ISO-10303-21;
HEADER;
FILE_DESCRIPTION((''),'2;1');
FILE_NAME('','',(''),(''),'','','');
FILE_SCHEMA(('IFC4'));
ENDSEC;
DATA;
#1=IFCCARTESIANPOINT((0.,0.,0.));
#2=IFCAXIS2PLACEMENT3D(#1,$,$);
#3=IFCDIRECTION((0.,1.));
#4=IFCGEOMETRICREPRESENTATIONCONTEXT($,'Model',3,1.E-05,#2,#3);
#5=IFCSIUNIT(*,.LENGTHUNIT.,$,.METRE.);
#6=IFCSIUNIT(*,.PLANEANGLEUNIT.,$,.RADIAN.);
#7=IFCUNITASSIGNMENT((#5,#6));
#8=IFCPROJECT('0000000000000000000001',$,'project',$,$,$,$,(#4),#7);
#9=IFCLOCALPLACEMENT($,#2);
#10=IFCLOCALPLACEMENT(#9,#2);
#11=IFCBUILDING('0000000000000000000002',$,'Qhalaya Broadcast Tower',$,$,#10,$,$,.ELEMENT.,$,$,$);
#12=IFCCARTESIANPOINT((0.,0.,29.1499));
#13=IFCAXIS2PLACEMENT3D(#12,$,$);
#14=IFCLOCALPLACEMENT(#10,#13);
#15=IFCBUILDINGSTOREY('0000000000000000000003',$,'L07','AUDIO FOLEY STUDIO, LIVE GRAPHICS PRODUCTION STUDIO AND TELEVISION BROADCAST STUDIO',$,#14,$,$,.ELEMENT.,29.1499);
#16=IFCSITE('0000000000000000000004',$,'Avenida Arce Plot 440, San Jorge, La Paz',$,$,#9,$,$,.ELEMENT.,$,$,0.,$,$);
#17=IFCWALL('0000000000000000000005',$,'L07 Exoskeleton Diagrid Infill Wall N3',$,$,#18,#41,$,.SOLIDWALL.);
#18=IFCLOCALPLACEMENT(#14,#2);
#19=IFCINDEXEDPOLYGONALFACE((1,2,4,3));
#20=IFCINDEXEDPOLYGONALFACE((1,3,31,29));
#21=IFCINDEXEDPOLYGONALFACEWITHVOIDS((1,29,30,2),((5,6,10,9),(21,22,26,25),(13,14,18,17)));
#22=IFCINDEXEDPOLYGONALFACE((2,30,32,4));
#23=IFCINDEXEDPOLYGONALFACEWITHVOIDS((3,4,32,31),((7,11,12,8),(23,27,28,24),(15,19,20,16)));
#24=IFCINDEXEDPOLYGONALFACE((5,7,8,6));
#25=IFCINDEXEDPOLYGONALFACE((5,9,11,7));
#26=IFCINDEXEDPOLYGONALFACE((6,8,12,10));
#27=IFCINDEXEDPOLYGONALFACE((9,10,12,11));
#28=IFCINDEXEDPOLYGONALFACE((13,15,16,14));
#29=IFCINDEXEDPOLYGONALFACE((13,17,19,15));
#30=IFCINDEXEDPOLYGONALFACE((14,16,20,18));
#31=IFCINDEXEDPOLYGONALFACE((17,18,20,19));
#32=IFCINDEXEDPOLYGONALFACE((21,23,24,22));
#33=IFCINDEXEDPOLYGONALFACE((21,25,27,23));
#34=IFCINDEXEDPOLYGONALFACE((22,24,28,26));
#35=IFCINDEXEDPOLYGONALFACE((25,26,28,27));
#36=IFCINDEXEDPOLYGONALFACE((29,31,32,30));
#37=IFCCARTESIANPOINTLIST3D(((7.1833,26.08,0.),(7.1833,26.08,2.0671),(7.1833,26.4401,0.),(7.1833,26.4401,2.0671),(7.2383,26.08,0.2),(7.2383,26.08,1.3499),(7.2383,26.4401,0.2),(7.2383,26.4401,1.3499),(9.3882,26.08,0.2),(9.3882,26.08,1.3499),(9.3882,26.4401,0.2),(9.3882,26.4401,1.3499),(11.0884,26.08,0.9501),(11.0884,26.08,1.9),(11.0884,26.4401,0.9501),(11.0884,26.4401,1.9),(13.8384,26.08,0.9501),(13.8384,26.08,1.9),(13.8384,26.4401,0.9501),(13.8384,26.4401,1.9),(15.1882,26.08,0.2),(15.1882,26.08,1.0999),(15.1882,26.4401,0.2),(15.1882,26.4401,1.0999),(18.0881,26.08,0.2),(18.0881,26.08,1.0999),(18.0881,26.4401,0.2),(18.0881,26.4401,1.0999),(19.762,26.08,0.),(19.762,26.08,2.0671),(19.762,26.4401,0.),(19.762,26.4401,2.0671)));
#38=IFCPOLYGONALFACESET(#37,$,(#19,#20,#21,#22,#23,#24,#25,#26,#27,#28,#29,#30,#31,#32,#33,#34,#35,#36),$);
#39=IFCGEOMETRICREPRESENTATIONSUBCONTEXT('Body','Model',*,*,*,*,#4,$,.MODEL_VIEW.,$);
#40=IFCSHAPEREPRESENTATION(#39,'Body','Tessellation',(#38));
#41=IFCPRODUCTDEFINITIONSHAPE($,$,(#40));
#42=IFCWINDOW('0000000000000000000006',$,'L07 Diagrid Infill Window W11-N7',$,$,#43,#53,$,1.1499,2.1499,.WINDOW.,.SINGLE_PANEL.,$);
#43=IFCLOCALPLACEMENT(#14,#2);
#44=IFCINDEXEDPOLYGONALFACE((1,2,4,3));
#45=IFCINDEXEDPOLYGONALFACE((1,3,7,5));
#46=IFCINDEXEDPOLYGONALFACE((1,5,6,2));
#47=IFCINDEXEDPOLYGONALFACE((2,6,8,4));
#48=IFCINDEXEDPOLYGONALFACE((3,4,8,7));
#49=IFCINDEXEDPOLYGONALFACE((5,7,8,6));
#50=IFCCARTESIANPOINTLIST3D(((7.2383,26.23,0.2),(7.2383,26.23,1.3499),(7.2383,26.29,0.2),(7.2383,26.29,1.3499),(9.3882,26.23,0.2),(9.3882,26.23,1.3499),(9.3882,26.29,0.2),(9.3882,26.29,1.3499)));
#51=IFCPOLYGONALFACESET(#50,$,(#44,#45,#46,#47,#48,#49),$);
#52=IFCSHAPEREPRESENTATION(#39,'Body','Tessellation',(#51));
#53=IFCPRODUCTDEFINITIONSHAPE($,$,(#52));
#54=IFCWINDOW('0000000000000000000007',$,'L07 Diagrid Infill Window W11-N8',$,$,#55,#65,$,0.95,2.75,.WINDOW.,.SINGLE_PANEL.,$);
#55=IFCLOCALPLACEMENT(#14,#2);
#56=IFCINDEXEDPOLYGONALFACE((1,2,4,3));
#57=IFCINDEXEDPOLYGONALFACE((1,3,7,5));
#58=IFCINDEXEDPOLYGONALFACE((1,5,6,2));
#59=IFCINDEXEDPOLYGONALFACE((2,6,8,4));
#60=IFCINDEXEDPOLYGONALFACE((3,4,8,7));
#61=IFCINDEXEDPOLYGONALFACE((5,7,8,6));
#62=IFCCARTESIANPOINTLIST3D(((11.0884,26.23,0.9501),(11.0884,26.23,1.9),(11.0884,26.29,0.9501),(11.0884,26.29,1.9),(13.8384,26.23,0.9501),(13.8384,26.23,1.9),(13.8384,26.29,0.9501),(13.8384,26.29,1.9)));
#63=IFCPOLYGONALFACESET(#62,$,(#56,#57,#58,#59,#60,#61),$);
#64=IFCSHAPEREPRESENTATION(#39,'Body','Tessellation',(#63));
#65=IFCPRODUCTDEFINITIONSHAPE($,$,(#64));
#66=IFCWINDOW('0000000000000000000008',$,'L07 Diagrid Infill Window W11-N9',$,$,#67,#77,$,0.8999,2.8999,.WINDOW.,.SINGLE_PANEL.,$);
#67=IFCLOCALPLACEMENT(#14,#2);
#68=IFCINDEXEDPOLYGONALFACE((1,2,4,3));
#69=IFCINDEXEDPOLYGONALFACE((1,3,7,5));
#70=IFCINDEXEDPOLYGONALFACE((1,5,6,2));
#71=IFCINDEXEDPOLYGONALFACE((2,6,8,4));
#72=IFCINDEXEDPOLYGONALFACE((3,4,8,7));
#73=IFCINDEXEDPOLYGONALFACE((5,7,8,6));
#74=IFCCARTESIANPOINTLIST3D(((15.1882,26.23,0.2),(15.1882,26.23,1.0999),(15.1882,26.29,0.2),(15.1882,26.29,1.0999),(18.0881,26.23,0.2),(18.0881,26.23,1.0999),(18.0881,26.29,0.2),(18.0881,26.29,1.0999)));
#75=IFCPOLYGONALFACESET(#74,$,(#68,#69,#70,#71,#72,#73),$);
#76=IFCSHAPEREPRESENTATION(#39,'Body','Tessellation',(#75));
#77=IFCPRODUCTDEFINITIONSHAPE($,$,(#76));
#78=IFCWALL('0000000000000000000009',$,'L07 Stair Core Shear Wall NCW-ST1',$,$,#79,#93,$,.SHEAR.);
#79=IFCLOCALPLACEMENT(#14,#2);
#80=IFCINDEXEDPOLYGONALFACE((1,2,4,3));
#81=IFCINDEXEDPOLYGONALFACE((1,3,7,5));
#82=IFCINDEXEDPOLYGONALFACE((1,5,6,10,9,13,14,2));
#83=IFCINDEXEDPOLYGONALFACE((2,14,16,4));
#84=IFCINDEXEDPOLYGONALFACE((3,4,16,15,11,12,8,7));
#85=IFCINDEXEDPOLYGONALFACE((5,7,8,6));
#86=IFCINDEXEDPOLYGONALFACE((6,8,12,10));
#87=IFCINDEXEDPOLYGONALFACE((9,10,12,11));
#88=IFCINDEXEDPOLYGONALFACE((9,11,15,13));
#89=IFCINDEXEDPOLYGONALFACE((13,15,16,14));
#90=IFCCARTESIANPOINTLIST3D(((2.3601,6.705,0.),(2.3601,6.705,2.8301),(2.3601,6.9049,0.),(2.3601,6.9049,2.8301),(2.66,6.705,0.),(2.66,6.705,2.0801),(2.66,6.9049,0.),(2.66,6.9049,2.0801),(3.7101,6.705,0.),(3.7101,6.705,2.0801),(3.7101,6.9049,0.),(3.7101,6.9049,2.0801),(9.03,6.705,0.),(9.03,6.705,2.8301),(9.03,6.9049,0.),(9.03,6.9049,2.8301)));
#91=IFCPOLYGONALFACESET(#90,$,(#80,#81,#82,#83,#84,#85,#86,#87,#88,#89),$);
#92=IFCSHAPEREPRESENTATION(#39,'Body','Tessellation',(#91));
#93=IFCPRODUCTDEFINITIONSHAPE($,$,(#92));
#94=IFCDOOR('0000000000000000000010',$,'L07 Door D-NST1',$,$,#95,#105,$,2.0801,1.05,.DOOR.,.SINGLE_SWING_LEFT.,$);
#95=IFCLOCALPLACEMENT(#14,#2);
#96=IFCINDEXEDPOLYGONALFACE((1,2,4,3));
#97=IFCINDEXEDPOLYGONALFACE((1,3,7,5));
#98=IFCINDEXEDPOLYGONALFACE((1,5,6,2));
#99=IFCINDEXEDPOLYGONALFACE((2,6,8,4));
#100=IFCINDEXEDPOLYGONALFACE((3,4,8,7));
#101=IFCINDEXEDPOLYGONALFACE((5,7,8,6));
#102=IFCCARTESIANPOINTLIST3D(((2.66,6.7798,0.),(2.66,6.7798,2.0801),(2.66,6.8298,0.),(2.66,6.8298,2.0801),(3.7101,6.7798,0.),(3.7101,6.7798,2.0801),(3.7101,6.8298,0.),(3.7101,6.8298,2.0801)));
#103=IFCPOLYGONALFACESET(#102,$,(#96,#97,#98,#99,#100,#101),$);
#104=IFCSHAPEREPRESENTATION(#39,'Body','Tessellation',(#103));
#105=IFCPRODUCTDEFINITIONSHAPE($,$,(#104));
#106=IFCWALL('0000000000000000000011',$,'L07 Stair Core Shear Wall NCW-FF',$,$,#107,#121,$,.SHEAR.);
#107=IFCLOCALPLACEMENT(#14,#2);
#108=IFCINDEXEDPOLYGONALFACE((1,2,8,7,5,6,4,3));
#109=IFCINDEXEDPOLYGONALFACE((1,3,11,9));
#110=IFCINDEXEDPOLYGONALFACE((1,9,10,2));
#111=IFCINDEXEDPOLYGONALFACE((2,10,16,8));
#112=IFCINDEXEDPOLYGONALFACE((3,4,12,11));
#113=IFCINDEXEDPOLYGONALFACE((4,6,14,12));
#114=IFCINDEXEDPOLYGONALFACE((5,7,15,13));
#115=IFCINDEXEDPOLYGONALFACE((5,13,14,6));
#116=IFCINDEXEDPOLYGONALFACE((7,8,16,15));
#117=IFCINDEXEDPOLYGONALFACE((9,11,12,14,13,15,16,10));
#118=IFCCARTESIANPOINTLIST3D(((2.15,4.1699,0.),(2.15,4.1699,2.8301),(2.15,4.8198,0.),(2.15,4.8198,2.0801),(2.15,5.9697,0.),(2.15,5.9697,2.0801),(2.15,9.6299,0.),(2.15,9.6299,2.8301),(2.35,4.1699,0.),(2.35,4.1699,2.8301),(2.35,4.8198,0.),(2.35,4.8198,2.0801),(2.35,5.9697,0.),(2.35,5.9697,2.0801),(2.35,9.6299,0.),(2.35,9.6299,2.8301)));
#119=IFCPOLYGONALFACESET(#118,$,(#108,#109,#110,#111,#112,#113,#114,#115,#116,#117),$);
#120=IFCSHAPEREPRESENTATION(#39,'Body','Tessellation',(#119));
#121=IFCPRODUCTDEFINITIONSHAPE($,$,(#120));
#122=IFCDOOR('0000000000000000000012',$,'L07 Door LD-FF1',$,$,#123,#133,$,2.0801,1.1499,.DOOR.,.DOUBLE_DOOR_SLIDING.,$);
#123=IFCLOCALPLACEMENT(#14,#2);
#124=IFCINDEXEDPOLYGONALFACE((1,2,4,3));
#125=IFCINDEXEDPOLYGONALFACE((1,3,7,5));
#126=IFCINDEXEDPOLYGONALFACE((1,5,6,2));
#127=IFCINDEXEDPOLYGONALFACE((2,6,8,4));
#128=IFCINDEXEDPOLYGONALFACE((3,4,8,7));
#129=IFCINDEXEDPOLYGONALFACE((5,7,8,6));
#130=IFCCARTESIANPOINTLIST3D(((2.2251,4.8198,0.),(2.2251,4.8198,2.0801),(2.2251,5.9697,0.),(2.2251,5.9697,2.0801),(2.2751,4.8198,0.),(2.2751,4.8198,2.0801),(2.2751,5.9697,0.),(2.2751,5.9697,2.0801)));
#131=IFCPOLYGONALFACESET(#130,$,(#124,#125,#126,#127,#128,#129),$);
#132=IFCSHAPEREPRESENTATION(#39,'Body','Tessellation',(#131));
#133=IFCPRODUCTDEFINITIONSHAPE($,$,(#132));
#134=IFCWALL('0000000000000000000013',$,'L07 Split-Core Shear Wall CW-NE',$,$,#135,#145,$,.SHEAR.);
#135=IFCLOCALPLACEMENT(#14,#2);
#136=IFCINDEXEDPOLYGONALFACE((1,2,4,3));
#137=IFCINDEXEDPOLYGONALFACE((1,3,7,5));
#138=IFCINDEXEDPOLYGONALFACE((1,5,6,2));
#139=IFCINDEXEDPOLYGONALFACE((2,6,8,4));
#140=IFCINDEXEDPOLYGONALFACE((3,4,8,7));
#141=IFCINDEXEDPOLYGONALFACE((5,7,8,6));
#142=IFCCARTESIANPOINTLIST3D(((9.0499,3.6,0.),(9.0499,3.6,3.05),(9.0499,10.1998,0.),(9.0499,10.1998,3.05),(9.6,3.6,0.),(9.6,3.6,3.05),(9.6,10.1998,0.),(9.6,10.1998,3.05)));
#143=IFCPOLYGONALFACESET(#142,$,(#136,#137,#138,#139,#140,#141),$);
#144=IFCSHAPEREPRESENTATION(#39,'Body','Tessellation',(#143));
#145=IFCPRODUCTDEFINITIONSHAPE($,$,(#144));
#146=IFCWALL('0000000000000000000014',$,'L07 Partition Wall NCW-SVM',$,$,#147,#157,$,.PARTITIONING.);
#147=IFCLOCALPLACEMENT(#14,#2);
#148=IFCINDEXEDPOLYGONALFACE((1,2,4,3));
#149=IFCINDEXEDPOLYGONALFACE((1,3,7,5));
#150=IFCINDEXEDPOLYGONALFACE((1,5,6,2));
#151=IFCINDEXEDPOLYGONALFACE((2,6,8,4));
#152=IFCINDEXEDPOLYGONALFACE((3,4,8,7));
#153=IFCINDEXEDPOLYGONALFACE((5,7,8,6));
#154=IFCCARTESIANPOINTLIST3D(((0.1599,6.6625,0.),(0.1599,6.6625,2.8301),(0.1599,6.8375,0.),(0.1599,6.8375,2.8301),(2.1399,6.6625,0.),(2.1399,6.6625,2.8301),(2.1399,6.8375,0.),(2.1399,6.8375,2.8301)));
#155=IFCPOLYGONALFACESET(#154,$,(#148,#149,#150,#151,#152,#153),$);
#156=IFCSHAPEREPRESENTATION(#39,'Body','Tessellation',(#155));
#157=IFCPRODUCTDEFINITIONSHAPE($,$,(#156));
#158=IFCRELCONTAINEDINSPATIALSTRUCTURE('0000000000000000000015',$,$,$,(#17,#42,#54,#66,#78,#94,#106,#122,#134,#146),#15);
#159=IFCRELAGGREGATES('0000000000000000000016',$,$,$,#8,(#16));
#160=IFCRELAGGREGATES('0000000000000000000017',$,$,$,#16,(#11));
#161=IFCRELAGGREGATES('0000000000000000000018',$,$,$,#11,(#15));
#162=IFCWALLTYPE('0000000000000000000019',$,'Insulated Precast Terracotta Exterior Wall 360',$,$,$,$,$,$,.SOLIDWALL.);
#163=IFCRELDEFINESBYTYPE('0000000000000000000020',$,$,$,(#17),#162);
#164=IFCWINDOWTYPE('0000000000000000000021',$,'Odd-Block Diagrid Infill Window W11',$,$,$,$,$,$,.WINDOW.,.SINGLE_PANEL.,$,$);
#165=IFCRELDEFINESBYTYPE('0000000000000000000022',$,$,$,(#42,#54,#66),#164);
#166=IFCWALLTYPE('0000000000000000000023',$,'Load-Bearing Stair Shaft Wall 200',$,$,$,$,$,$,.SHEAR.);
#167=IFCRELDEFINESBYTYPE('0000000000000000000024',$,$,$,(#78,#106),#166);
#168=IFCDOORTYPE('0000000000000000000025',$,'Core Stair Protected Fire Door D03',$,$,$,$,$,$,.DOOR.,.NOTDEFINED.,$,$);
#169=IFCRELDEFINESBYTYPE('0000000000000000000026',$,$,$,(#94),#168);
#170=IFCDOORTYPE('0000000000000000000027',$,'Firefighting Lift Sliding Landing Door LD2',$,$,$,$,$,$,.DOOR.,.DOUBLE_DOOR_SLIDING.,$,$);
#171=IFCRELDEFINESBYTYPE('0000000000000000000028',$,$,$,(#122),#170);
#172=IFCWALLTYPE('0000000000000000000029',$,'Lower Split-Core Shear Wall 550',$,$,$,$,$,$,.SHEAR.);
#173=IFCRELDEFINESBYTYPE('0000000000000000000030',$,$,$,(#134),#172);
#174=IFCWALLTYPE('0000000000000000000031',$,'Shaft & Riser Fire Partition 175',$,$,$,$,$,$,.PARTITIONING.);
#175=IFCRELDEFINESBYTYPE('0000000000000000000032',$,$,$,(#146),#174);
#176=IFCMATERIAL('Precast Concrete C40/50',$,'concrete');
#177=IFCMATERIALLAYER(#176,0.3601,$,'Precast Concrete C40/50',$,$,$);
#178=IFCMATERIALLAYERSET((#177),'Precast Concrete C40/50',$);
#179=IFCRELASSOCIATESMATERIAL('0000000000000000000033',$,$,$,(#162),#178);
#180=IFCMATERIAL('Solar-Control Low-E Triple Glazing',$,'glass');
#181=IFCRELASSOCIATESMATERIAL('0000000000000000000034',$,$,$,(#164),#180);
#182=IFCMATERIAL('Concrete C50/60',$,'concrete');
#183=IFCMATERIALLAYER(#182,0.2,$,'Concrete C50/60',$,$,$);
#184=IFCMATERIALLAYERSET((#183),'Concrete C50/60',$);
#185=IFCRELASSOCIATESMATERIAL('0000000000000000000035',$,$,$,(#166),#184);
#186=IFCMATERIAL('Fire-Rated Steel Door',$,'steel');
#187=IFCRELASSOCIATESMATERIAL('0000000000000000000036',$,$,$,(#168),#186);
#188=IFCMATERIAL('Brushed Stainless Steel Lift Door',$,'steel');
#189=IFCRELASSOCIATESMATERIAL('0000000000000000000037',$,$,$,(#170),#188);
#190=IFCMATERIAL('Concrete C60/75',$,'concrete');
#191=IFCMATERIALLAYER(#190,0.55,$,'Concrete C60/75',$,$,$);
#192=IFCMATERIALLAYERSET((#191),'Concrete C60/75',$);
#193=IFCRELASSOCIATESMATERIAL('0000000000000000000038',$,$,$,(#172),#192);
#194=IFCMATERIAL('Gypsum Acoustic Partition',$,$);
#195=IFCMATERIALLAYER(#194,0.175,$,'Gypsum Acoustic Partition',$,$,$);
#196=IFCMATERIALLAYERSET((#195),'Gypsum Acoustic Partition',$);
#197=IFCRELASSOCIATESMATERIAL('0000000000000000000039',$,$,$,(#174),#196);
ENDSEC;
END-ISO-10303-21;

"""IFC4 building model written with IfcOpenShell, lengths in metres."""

from ifc_helpers import new_model, si_unit, direction, frame, frame_2d, origin, place, context, subcontext, project, spatial, rectangle, extrude, material, layer, layer_set, type_object, element, fill, save


model = new_model("IFC4")

# Units and contexts
model_context = context("Model", 3, precision=1e-05, world=origin(), true_north=direction((0.0, 1.0)))
body_context = subcontext(model_context, "Body", "Model", "MODEL_VIEW")
ifc_project = project(units=[si_unit("LENGTHUNIT", "METRE"), si_unit("PLANEANGLEUNIT", "RADIAN")], contexts=[model_context])

# Site, building, storey
site_placement = place(None, origin())
site = spatial("IfcSite", under=ifc_project, at=site_placement, Name="Avenida Arce Plot 440, San Jorge, La Paz", CompositionType="ELEMENT", RefElevation=0.0)
building_placement = place(site_placement, origin())
building = spatial("IfcBuilding", under=site, at=building_placement, Name="Qhalaya Broadcast Tower", CompositionType="ELEMENT")
storey_placement = place(building_placement, frame((0.0, 0.0, 29.1499)))
storey = spatial("IfcBuildingStorey", under=building, at=storey_placement, Name="L07", Description="AUDIO FOLEY STUDIO, LIVE GRAPHICS PRODUCTION STUDIO AND TELEVISION BROADCAST STUDIO", CompositionType="ELEMENT", Elevation=29.1499)

# Shared definitions
ifc_material_1 = material(Name="Concrete C50/60", Category="concrete")

# Wall, openings, windows
ifc_material_2 = material(Name="Precast Concrete C40/50", Category="concrete")
ifc_layer_1 = layer(ifc_material_2, 0.3601, Name="Precast Concrete C40/50")
ifc_layer_set_1 = layer_set([ifc_layer_1], Name="Precast Concrete C40/50")
wall_type_1 = type_object("IfcWallType", Name="Insulated Precast Terracotta Exterior Wall 360", PredefinedType="SOLIDWALL", material=ifc_layer_set_1)
wall_1_placement = place(storey_placement, frame((7.1833, 26.26, 0.0), z_axis=(0.0, 0.0, 1.0), x_axis=(1.0, 0.0, 0.0)))
wall_1 = element("IfcWall", 1, at=wall_1_placement, inside=storey, type_object=wall_type_1, Name="L07 Exoskeleton Diagrid Infill Wall N3", PredefinedType="SOLIDWALL", context=body_context, shape_type="SweptSolid", body=[
    extrude(rectangle(XDim=12.5786, YDim=0.3601, at=frame_2d((6.2893, 0.0))), origin(), (0.0, 0.0, 1.0), 2.0671),
])
opening_1_placement = place(wall_1_placement, frame((0.0549, 0.0, 0.2)))
opening_1 = element("IfcOpeningElement", 2, at=opening_1_placement, cuts=wall_1, PredefinedType="OPENING", context=body_context, shape_type="SweptSolid", body=[
    extrude(rectangle(XDim=2.1499, YDim=1.1499, at=frame_2d((1.075, 0.575))), frame((0.0, 0.1921, 0.0), z_axis=(0.0, -1.0, 0.0), x_axis=(1.0, 0.0, 0.0)), (0.0, 0.0, 1.0), 0.384),
])
opening_2_placement = place(wall_1_placement, frame((3.905, 0.0, 0.95)))
opening_2 = element("IfcOpeningElement", 3, at=opening_2_placement, cuts=wall_1, PredefinedType="OPENING", context=body_context, shape_type="SweptSolid", body=[
    extrude(rectangle(XDim=2.75, YDim=0.95, at=frame_2d((1.375, 0.4751))), frame((0.0, 0.1921, 0.0), z_axis=(0.0, -1.0, 0.0), x_axis=(1.0, 0.0, 0.0)), (0.0, 0.0, 1.0), 0.384),
])
opening_3_placement = place(wall_1_placement, frame((8.0049, 0.0, 0.2)))
opening_3 = element("IfcOpeningElement", 4, at=opening_3_placement, cuts=wall_1, PredefinedType="OPENING", context=body_context, shape_type="SweptSolid", body=[
    extrude(rectangle(XDim=2.8999, YDim=0.8999, at=frame_2d((1.45, 0.45))), frame((0.0, 0.1921, 0.0), z_axis=(0.0, -1.0, 0.0), x_axis=(1.0, 0.0, 0.0)), (0.0, 0.0, 1.0), 0.384),
])
ifc_material_3 = material(Name="Solar-Control Low-E Triple Glazing", Category="glass")
window_type = type_object("IfcWindowType", Name="Odd-Block Diagrid Infill Window W11", PartitioningType="SINGLE_PANEL", PredefinedType="WINDOW", material=ifc_material_3)
window_1_placement = place(opening_1_placement, origin())
window_1 = element("IfcWindow", 5, at=window_1_placement, inside=storey, type_object=window_type, Name="L07 Diagrid Infill Window W11-N7", OverallHeight=1.1499, OverallWidth=2.1499, PartitioningType="SINGLE_PANEL", PredefinedType="WINDOW", context=body_context, shape_type="SweptSolid", body=[
    extrude(rectangle(XDim=2.1499, YDim=1.1499, at=frame_2d((1.075, 0.575))), frame((0.0, 0.03, 0.0), z_axis=(0.0, -1.0, 0.0), x_axis=(1.0, 0.0, 0.0)), (0.0, 0.0, 1.0), 0.0601),
])
fill(opening_1, window_1)
window_2_placement = place(opening_2_placement, origin())
window_2 = element("IfcWindow", 6, at=window_2_placement, inside=storey, type_object=window_type, Name="L07 Diagrid Infill Window W11-N8", OverallHeight=0.95, OverallWidth=2.75, PartitioningType="SINGLE_PANEL", PredefinedType="WINDOW", context=body_context, shape_type="SweptSolid", body=[
    extrude(rectangle(XDim=2.75, YDim=0.95, at=frame_2d((1.375, 0.4751))), frame((0.0, 0.03, 0.0), z_axis=(0.0, -1.0, 0.0), x_axis=(1.0, 0.0, 0.0)), (0.0, 0.0, 1.0), 0.0601),
])
fill(opening_2, window_2)
window_3_placement = place(opening_3_placement, origin())
window_3 = element("IfcWindow", 7, at=window_3_placement, inside=storey, type_object=window_type, Name="L07 Diagrid Infill Window W11-N9", OverallHeight=0.8999, OverallWidth=2.8999, PartitioningType="SINGLE_PANEL", PredefinedType="WINDOW", context=body_context, shape_type="SweptSolid", body=[
    extrude(rectangle(XDim=2.8999, YDim=0.8999, at=frame_2d((1.45, 0.45))), frame((0.0, 0.03, 0.0), z_axis=(0.0, -1.0, 0.0), x_axis=(1.0, 0.0, 0.0)), (0.0, 0.0, 1.0), 0.0601),
])
fill(opening_3, window_3)

# Walls, openings, doors
ifc_layer_2 = layer(ifc_material_1, 0.2, Name="Concrete C50/60")
ifc_layer_set_2 = layer_set([ifc_layer_2], Name="Concrete C50/60")
wall_type_2 = type_object("IfcWallType", Name="Load-Bearing Stair Shaft Wall 200", PredefinedType="SHEAR", material=ifc_layer_set_2)
wall_2_placement = place(storey_placement, frame((2.3601, 6.8049, 0.0), z_axis=(0.0, 0.0, 1.0), x_axis=(1.0, 0.0, 0.0)))
wall_2 = element("IfcWall", 8, at=wall_2_placement, inside=storey, type_object=wall_type_2, Name="L07 Stair Core Shear Wall NCW-ST1", PredefinedType="SHEAR", context=body_context, shape_type="SweptSolid", body=[
    extrude(rectangle(XDim=6.6699, YDim=0.2, at=frame_2d((3.335, 0.0))), origin(), (0.0, 0.0, 1.0), 2.8301),
])
opening_4_placement = place(wall_2_placement, frame((0.3, 0.0, 0.0)))
opening_4 = element("IfcOpeningElement", 9, at=opening_4_placement, cuts=wall_2, PredefinedType="OPENING", context=body_context, shape_type="SweptSolid", body=[
    extrude(rectangle(XDim=1.05, YDim=2.0801, at=frame_2d((0.5249, 1.04))), frame((0.0, 0.1121, 0.0), z_axis=(0.0, -1.0, 0.0), x_axis=(1.0, 0.0, 0.0)), (0.0, 0.0, 1.0), 0.2239),
])
ifc_material_4 = material(Name="Fire-Rated Steel Door", Category="steel")
door_type_1 = type_object("IfcDoorType", Name="Core Stair Protected Fire Door D03", OperationType="NOTDEFINED", PredefinedType="DOOR", material=ifc_material_4)
door_1_placement = place(opening_4_placement, origin())
door_1 = element("IfcDoor", 10, at=door_1_placement, inside=storey, type_object=door_type_1, Name="L07 Door D-NST1", OperationType="SINGLE_SWING_LEFT", OverallHeight=2.0801, OverallWidth=1.05, PredefinedType="DOOR", context=body_context, shape_type="SweptSolid", body=[
    extrude(rectangle(XDim=1.05, YDim=2.0801, at=frame_2d((0.5249, 1.04))), frame((0.0, 0.0249, 0.0), z_axis=(0.0, -1.0, 0.0), x_axis=(1.0, 0.0, 0.0)), (0.0, 0.0, 1.0), 0.05),
])
fill(opening_4, door_1)
wall_3_placement = place(storey_placement, frame((2.25, 4.1699, 0.0), z_axis=(0.0, 0.0, 1.0), x_axis=(0.0, 1.0, 0.0)))
wall_3 = element("IfcWall", 11, at=wall_3_placement, inside=storey, type_object=wall_type_2, Name="L07 Stair Core Shear Wall NCW-FF", PredefinedType="SHEAR", context=body_context, shape_type="SweptSolid", body=[
    extrude(rectangle(XDim=5.46, YDim=0.2, at=frame_2d((2.73, 0.0))), origin(), (0.0, 0.0, 1.0), 2.8301),
])
opening_5_placement = place(wall_3_placement, frame((0.6499, 0.0, 0.0)))
opening_5 = element("IfcOpeningElement", 12, at=opening_5_placement, cuts=wall_3, PredefinedType="OPENING", context=body_context, shape_type="SweptSolid", body=[
    extrude(rectangle(XDim=1.1499, YDim=2.0801, at=frame_2d((0.575, 1.04))), frame((0.0, 0.1121, 0.0), z_axis=(0.0, -1.0, 0.0), x_axis=(1.0, 0.0, 0.0)), (0.0, 0.0, 1.0), 0.2239),
])
ifc_material_5 = material(Name="Brushed Stainless Steel Lift Door", Category="steel")
door_type_2 = type_object("IfcDoorType", Name="Firefighting Lift Sliding Landing Door LD2", OperationType="DOUBLE_DOOR_SLIDING", PredefinedType="DOOR", material=ifc_material_5)
door_2_placement = place(opening_5_placement, origin())
door_2 = element("IfcDoor", 13, at=door_2_placement, inside=storey, type_object=door_type_2, Name="L07 Door LD-FF1", OperationType="DOUBLE_DOOR_SLIDING", OverallHeight=2.0801, OverallWidth=1.1499, PredefinedType="DOOR", context=body_context, shape_type="SweptSolid", body=[
    extrude(rectangle(XDim=1.1499, YDim=2.0801, at=frame_2d((0.575, 1.04))), frame((0.0, 0.0249, 0.0), z_axis=(0.0, -1.0, 0.0), x_axis=(1.0, 0.0, 0.0)), (0.0, 0.0, 1.0), 0.05),
])
fill(opening_5, door_2)

# Wall
ifc_material_6 = material(Name="Concrete C60/75", Category="concrete")
ifc_layer_3 = layer(ifc_material_6, 0.55, Name="Concrete C60/75")
ifc_layer_set_3 = layer_set([ifc_layer_3], Name="Concrete C60/75")
wall_type_3 = type_object("IfcWallType", Name="Lower Split-Core Shear Wall 550", PredefinedType="SHEAR", material=ifc_layer_set_3)
wall_4_placement = place(storey_placement, frame((9.325, 3.6001, 0.0), z_axis=(0.0, 0.0, 1.0), x_axis=(0.0, 1.0, 0.0)))
element("IfcWall", 14, at=wall_4_placement, inside=storey, type_object=wall_type_3, Name="L07 Split-Core Shear Wall CW-NE", PredefinedType="SHEAR", context=body_context, shape_type="SweptSolid", body=[
    extrude(rectangle(XDim=6.5999, YDim=0.55, at=frame_2d((3.2998, 0.0))), origin(), (0.0, 0.0, 1.0), 3.05),
])

# Shared definitions
ifc_material_7 = material(Name="Gypsum Acoustic Partition")
ifc_layer_4 = layer(ifc_material_7, 0.175, Name="Gypsum Acoustic Partition")
ifc_layer_set_4 = layer_set([ifc_layer_4], Name="Gypsum Acoustic Partition")
wall_type_4 = type_object("IfcWallType", Name="Shaft & Riser Fire Partition 175", PredefinedType="PARTITIONING", material=ifc_layer_set_4)

# Wall
wall_5_placement = place(storey_placement, frame((0.1599, 6.75, 0.0), z_axis=(0.0, 0.0, 1.0), x_axis=(1.0, 0.0, 0.0)))
element("IfcWall", 15, at=wall_5_placement, inside=storey, type_object=wall_type_4, Name="L07 Partition Wall NCW-SVM", PredefinedType="PARTITIONING", context=body_context, shape_type="SweptSolid", body=[
    extrude(rectangle(XDim=1.98, YDim=0.175, at=frame_2d((0.99, 0.0))), origin(), (0.0, 0.0, 1.0), 2.8301),
])

save(model, "model.ifc")
